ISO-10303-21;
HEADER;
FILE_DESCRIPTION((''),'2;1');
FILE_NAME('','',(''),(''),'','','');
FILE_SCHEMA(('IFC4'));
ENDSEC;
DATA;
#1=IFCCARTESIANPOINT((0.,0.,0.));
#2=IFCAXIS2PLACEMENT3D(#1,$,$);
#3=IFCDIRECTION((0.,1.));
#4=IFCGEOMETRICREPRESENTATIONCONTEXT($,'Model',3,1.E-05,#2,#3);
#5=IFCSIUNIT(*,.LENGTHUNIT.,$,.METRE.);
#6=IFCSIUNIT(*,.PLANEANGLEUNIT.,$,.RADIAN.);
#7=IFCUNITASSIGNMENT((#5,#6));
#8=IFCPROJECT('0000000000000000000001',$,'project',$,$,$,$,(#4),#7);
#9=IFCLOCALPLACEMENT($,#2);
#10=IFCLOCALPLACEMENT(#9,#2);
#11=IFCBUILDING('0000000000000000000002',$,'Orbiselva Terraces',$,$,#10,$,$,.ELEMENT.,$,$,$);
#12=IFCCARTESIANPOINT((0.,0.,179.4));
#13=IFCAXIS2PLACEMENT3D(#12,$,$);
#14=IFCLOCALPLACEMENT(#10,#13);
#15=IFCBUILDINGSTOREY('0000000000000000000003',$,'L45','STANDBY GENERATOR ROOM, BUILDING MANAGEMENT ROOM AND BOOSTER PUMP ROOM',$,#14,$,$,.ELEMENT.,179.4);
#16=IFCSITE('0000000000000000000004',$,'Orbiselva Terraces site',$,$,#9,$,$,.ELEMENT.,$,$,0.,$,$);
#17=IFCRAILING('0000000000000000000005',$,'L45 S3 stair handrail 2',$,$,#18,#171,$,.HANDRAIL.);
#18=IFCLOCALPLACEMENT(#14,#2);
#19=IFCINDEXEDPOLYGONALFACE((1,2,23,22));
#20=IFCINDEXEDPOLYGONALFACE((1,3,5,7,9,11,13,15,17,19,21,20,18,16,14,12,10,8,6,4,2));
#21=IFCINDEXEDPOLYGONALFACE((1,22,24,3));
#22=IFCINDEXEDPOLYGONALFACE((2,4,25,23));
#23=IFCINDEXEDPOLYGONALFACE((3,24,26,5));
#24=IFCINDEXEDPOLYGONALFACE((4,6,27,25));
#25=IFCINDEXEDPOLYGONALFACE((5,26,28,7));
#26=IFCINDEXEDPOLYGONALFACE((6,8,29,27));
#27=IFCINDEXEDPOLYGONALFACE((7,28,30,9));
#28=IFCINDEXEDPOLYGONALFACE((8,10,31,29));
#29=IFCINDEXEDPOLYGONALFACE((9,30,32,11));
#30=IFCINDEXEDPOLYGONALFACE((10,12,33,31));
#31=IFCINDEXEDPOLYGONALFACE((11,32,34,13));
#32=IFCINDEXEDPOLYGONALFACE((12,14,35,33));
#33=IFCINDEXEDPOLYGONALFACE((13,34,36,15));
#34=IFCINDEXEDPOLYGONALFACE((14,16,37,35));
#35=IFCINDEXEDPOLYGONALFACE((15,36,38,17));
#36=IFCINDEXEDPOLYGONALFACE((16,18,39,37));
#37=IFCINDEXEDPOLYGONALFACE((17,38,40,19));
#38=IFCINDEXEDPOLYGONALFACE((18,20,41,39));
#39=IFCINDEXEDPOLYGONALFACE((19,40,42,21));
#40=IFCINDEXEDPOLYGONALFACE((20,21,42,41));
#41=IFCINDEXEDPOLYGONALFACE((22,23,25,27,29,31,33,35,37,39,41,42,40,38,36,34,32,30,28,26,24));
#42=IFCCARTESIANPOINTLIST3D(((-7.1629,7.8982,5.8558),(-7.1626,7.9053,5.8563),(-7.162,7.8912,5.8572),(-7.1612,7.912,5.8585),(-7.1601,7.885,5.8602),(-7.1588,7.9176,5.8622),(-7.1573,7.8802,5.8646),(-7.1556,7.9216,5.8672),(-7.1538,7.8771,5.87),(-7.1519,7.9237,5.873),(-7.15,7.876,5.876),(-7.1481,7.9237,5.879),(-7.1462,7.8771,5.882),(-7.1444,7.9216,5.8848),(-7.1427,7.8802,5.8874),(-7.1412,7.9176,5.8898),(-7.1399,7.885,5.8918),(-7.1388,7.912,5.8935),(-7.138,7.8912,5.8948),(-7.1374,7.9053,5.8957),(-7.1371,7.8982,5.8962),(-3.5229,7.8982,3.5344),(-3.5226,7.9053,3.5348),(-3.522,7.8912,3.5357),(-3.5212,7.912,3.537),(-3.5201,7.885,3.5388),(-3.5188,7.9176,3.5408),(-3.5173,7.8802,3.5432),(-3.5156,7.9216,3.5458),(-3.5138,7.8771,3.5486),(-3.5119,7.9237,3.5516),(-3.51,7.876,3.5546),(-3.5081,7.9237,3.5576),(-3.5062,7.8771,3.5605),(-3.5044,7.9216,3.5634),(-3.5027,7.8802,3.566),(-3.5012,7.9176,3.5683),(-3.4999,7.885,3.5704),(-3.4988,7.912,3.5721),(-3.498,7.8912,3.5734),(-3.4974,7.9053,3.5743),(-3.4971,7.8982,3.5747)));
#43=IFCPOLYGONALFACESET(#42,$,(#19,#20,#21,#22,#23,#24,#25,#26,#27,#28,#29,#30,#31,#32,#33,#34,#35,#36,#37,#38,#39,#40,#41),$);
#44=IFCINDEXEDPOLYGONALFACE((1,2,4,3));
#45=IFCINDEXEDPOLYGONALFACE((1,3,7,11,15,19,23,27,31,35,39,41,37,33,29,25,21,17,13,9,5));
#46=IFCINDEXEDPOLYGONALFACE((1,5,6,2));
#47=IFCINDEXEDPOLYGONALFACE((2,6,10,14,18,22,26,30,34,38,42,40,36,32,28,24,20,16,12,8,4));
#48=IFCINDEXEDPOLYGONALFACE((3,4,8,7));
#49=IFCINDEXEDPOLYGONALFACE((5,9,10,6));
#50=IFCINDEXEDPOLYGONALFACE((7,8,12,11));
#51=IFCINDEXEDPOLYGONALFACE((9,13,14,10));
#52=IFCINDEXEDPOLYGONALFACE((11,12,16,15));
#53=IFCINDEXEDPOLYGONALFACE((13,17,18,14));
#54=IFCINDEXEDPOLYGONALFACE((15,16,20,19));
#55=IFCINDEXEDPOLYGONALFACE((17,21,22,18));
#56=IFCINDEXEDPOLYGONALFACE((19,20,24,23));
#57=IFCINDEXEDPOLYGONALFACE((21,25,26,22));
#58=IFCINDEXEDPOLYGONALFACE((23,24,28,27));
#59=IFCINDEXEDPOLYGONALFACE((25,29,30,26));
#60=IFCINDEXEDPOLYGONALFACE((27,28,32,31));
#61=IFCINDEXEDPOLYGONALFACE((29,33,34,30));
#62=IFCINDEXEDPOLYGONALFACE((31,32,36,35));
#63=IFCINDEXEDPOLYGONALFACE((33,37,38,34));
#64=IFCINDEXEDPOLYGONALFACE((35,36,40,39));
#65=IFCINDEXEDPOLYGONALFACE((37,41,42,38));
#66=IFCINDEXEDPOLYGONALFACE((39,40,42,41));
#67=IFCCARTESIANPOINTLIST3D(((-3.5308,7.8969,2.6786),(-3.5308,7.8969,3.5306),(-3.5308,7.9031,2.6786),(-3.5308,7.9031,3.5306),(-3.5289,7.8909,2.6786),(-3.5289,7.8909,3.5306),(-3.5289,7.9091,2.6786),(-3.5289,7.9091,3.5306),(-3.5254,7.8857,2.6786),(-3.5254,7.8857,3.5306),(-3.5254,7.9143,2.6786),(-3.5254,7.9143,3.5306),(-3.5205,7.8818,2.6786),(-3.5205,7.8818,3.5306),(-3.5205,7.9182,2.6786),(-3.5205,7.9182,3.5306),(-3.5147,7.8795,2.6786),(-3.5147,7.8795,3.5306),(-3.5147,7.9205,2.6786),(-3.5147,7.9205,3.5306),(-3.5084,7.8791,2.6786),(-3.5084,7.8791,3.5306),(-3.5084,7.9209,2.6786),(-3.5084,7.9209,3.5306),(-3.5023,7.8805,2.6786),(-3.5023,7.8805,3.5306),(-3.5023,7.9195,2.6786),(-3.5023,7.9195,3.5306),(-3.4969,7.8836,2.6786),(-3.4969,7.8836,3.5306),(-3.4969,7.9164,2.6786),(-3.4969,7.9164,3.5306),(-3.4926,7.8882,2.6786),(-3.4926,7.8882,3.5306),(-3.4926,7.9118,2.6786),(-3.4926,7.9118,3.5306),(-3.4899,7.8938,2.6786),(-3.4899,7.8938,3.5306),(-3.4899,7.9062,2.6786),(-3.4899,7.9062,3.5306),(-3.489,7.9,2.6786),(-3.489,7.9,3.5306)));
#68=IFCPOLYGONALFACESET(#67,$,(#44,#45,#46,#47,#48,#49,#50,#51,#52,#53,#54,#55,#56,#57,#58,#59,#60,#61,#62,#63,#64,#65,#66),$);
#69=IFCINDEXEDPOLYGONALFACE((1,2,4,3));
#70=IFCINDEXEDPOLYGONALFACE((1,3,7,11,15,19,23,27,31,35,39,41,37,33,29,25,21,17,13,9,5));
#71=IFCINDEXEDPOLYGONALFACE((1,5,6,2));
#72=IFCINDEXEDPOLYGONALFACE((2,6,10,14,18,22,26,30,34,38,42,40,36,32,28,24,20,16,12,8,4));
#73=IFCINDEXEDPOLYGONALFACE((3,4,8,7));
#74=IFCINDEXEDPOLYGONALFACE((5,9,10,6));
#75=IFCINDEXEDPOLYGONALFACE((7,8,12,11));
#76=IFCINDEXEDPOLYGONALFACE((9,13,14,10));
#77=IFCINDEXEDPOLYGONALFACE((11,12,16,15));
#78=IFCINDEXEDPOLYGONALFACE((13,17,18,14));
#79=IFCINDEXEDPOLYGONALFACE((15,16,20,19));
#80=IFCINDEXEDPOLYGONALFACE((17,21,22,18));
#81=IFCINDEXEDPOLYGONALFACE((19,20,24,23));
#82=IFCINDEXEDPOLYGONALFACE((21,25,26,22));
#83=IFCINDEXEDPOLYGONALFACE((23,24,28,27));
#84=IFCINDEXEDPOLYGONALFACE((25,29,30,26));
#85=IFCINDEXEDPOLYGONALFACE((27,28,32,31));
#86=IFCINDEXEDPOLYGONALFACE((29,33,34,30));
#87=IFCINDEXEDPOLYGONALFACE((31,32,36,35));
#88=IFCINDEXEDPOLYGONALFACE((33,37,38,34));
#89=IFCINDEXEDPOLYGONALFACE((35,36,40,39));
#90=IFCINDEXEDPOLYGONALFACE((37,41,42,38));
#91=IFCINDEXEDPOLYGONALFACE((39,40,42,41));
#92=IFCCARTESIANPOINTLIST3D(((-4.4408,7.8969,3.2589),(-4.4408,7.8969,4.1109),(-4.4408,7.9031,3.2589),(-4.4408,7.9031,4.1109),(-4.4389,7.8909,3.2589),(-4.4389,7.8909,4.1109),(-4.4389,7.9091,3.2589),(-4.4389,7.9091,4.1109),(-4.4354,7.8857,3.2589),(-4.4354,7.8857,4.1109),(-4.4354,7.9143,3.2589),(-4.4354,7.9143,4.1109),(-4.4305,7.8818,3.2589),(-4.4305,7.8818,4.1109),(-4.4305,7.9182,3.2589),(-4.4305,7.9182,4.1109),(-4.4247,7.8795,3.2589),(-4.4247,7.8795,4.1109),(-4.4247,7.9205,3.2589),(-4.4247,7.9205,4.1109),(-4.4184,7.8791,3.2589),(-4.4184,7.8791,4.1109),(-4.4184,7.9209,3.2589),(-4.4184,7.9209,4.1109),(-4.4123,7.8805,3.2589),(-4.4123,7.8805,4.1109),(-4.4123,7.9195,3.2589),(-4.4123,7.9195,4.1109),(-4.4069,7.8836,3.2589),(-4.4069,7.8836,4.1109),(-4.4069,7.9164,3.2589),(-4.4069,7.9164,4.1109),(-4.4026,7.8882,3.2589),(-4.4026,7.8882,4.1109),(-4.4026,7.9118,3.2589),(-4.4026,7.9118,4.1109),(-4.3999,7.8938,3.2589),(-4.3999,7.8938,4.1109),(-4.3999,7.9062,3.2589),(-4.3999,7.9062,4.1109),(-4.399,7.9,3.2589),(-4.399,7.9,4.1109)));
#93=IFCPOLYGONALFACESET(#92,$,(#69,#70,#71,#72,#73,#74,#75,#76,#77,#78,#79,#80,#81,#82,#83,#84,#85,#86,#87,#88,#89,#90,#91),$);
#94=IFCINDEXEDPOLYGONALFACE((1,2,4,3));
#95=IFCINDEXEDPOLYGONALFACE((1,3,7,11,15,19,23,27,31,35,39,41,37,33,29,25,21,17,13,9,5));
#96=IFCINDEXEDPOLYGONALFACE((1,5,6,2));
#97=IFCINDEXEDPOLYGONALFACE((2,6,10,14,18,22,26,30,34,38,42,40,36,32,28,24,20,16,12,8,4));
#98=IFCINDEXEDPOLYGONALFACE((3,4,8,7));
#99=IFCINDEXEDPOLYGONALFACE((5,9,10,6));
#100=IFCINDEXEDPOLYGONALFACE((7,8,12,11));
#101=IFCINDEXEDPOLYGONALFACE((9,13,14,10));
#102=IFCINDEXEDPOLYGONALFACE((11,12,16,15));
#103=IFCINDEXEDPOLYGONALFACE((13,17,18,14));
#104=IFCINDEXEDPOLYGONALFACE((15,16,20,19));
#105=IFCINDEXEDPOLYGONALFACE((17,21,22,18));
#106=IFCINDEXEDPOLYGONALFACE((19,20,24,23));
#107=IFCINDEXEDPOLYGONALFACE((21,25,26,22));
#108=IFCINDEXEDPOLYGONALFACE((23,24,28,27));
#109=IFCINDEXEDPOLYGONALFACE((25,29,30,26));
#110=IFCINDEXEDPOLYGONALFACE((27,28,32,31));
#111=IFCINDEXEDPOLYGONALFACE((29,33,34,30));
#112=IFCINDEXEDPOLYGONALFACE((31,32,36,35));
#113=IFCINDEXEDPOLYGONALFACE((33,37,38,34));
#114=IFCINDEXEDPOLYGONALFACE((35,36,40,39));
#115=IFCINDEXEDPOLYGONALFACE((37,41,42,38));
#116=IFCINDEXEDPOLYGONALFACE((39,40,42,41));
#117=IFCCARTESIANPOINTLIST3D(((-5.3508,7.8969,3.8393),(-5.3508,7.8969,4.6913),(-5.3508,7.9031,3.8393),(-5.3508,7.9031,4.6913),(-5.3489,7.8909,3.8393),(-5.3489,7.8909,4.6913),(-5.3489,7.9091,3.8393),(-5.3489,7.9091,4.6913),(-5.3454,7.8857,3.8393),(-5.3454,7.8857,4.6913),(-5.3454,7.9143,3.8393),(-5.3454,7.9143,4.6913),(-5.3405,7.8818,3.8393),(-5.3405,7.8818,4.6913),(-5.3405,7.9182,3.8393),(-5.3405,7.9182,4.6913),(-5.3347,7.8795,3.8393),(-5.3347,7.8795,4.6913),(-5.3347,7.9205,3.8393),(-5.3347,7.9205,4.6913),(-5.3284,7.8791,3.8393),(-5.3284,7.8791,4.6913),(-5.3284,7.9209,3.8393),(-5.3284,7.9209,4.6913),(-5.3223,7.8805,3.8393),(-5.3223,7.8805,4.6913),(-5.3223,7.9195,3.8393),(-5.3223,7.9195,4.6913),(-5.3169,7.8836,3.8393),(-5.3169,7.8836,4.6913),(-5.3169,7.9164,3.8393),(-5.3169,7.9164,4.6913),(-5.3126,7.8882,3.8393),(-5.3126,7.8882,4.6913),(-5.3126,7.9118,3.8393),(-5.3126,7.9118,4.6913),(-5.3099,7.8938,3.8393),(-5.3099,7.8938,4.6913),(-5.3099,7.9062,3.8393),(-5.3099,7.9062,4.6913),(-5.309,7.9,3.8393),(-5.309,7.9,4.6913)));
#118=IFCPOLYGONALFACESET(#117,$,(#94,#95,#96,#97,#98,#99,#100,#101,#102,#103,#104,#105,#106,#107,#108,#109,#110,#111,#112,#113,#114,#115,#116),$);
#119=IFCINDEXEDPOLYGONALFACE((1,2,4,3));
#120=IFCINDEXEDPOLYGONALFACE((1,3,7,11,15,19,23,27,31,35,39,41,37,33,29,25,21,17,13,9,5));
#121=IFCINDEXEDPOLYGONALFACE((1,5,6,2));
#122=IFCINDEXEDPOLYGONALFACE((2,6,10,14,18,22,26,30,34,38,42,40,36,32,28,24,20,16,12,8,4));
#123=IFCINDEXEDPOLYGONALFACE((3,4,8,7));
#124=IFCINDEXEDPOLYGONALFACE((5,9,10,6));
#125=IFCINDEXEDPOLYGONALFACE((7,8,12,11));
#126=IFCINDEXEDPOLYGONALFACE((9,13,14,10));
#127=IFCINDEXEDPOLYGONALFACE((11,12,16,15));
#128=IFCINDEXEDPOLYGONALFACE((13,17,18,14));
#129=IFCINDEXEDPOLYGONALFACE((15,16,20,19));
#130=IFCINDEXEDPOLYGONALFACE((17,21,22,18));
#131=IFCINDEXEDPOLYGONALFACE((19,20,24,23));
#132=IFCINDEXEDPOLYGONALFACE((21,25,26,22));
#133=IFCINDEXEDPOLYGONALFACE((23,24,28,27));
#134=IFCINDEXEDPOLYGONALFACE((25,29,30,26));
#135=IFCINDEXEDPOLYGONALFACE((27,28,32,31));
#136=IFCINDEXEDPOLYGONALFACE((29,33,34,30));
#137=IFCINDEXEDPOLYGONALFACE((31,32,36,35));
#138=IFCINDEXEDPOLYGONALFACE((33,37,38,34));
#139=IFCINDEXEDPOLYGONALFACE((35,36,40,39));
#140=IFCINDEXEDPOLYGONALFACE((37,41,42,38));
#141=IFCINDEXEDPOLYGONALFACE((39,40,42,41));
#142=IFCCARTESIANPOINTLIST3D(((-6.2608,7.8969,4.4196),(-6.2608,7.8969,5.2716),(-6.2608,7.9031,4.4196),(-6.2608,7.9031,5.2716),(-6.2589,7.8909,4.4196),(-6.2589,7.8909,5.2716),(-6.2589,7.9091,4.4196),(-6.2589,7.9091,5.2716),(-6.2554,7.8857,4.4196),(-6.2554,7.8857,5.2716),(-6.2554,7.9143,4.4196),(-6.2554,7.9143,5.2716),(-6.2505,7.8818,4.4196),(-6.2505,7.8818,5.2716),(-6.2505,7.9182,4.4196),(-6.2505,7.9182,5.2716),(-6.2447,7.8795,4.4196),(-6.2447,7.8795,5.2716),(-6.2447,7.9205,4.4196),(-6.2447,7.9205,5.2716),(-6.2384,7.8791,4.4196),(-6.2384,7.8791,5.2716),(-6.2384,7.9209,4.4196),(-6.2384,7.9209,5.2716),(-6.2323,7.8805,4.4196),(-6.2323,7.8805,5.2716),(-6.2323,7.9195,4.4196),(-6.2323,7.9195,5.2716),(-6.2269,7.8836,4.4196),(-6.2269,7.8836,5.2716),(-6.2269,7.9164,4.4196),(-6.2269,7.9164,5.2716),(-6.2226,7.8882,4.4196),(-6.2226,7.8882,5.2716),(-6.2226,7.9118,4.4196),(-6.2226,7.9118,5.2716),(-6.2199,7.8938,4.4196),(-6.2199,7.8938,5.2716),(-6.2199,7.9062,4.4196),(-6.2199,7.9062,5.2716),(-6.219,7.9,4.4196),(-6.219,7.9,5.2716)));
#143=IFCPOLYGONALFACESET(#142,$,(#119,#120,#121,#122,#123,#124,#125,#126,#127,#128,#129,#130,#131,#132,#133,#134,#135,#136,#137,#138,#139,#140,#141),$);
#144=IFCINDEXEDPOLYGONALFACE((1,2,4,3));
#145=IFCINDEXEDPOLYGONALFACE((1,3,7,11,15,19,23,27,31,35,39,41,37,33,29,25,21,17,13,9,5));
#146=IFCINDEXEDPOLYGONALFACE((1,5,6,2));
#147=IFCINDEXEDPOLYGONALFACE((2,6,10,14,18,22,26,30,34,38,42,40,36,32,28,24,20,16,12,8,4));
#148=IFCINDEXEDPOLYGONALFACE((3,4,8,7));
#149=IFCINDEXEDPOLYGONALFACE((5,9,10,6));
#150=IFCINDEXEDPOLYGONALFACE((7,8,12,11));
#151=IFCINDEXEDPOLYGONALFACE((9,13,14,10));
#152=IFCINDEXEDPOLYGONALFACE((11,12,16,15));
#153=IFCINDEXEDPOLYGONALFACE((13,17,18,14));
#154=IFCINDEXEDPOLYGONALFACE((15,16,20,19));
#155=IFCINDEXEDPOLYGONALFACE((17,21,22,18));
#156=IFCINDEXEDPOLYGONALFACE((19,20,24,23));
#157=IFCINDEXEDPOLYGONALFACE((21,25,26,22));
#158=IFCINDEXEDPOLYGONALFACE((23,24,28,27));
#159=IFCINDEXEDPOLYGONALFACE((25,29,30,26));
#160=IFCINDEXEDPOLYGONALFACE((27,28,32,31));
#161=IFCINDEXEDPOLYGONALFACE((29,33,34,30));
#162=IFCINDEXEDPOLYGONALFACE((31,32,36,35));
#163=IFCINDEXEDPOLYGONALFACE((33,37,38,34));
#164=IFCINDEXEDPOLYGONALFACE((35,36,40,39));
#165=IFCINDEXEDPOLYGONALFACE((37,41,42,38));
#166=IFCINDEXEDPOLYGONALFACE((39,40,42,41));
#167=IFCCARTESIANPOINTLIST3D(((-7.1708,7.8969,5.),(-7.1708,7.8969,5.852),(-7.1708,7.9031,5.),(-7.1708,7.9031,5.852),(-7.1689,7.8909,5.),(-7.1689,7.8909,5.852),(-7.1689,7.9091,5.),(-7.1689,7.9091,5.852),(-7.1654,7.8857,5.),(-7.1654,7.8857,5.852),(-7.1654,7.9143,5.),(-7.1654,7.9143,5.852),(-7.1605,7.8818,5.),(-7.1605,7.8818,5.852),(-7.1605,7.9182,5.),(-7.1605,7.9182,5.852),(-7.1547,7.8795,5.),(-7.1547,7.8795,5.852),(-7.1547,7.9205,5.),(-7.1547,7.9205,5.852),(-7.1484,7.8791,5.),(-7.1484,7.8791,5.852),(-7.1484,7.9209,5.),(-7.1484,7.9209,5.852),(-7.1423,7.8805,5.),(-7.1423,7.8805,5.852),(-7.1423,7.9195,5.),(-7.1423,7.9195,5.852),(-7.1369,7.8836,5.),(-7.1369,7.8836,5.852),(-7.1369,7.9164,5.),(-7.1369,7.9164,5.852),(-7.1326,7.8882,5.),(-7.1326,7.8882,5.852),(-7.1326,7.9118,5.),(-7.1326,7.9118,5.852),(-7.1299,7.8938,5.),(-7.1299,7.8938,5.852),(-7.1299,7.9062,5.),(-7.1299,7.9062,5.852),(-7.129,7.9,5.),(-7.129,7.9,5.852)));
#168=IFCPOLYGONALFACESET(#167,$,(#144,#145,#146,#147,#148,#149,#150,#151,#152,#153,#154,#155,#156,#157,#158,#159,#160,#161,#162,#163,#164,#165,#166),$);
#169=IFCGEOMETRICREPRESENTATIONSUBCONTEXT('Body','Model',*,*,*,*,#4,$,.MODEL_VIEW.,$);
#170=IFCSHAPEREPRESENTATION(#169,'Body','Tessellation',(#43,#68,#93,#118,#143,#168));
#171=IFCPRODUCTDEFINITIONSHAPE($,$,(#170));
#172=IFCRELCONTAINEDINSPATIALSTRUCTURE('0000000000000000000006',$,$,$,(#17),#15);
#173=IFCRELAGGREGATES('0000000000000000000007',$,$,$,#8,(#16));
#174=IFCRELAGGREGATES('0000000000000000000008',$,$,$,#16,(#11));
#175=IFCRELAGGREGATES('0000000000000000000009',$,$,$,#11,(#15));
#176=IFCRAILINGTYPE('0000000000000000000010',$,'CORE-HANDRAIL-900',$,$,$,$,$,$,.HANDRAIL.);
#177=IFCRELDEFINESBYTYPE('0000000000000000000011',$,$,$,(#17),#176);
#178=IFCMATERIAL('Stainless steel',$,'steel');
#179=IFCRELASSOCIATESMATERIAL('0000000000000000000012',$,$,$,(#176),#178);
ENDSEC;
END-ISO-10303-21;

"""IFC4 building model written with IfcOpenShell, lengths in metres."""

from ifc_helpers import new_model, si_unit, direction, frame, origin, origin_2d, place, context, subcontext, project, spatial, circle, extrude, material, type_object, element, save


model = new_model("IFC4")

# Units and contexts
model_context = context("Model", 3, precision=1e-05, world=origin(), true_north=direction((0.0, 1.0)))
body_context = subcontext(model_context, "Body", "Model", "MODEL_VIEW")
ifc_project = project(units=[si_unit("LENGTHUNIT", "METRE"), si_unit("PLANEANGLEUNIT", "RADIAN")], contexts=[model_context])

# Site, building, storey
site_placement = place(None, origin())
site = spatial("IfcSite", under=ifc_project, at=site_placement, Name="Orbiselva Terraces site", CompositionType="ELEMENT", RefElevation=0.0)
building_placement = place(site_placement, origin())
building = spatial("IfcBuilding", under=site, at=building_placement, Name="Orbiselva Terraces", CompositionType="ELEMENT")
storey_placement = place(building_placement, frame((0.0, 0.0, 179.4)))
storey = spatial("IfcBuildingStorey", under=building, at=storey_placement, Name="L45", Description="STANDBY GENERATOR ROOM, BUILDING MANAGEMENT ROOM AND BOOSTER PUMP ROOM", CompositionType="ELEMENT", Elevation=179.4)

# Railing
ifc_material_1 = material(Name="Stainless steel", Category="steel")
railing_type_1 = type_object("IfcRailingType", Name="CORE-HANDRAIL-900", PredefinedType="HANDRAIL", material=ifc_material_1)
railing_1_placement = place(storey_placement, frame((-3.51, 7.9, 2.6786)))
element("IfcRailing", 1, at=railing_1_placement, inside=storey, type_object=railing_type_1, Name="L45 S3 stair handrail 2", PredefinedType="HANDRAIL", context=body_context, shape_type="SweptSolid", body=[
    extrude(circle(Radius=0.024, at=origin_2d()), frame((0.0, 0.0, 0.876), z_axis=(-0.84313, 0.0, 0.53771), x_axis=(0.0, -1.0, 0.0)), (0.0, 0.0, 1.0), 4.3172),
    extrude(circle(Radius=0.021, at=origin_2d()), origin(), (0.0, 0.0, 1.0), 0.852),
    extrude(circle(Radius=0.021, at=origin_2d()), frame((-0.91, 0.0, 0.5804)), (0.0, 0.0, 1.0), 0.852),
    extrude(circle(Radius=0.021, at=origin_2d()), frame((-1.82, 0.0, 1.1607)), (0.0, 0.0, 1.0), 0.852),
    extrude(circle(Radius=0.021, at=origin_2d()), frame((-2.73, 0.0, 1.7411)), (0.0, 0.0, 1.0), 0.852),
    extrude(circle(Radius=0.021, at=origin_2d()), frame((-3.64, 0.0, 2.3214)), (0.0, 0.0, 1.0), 0.852),
])

save(model, "model.ifc")
